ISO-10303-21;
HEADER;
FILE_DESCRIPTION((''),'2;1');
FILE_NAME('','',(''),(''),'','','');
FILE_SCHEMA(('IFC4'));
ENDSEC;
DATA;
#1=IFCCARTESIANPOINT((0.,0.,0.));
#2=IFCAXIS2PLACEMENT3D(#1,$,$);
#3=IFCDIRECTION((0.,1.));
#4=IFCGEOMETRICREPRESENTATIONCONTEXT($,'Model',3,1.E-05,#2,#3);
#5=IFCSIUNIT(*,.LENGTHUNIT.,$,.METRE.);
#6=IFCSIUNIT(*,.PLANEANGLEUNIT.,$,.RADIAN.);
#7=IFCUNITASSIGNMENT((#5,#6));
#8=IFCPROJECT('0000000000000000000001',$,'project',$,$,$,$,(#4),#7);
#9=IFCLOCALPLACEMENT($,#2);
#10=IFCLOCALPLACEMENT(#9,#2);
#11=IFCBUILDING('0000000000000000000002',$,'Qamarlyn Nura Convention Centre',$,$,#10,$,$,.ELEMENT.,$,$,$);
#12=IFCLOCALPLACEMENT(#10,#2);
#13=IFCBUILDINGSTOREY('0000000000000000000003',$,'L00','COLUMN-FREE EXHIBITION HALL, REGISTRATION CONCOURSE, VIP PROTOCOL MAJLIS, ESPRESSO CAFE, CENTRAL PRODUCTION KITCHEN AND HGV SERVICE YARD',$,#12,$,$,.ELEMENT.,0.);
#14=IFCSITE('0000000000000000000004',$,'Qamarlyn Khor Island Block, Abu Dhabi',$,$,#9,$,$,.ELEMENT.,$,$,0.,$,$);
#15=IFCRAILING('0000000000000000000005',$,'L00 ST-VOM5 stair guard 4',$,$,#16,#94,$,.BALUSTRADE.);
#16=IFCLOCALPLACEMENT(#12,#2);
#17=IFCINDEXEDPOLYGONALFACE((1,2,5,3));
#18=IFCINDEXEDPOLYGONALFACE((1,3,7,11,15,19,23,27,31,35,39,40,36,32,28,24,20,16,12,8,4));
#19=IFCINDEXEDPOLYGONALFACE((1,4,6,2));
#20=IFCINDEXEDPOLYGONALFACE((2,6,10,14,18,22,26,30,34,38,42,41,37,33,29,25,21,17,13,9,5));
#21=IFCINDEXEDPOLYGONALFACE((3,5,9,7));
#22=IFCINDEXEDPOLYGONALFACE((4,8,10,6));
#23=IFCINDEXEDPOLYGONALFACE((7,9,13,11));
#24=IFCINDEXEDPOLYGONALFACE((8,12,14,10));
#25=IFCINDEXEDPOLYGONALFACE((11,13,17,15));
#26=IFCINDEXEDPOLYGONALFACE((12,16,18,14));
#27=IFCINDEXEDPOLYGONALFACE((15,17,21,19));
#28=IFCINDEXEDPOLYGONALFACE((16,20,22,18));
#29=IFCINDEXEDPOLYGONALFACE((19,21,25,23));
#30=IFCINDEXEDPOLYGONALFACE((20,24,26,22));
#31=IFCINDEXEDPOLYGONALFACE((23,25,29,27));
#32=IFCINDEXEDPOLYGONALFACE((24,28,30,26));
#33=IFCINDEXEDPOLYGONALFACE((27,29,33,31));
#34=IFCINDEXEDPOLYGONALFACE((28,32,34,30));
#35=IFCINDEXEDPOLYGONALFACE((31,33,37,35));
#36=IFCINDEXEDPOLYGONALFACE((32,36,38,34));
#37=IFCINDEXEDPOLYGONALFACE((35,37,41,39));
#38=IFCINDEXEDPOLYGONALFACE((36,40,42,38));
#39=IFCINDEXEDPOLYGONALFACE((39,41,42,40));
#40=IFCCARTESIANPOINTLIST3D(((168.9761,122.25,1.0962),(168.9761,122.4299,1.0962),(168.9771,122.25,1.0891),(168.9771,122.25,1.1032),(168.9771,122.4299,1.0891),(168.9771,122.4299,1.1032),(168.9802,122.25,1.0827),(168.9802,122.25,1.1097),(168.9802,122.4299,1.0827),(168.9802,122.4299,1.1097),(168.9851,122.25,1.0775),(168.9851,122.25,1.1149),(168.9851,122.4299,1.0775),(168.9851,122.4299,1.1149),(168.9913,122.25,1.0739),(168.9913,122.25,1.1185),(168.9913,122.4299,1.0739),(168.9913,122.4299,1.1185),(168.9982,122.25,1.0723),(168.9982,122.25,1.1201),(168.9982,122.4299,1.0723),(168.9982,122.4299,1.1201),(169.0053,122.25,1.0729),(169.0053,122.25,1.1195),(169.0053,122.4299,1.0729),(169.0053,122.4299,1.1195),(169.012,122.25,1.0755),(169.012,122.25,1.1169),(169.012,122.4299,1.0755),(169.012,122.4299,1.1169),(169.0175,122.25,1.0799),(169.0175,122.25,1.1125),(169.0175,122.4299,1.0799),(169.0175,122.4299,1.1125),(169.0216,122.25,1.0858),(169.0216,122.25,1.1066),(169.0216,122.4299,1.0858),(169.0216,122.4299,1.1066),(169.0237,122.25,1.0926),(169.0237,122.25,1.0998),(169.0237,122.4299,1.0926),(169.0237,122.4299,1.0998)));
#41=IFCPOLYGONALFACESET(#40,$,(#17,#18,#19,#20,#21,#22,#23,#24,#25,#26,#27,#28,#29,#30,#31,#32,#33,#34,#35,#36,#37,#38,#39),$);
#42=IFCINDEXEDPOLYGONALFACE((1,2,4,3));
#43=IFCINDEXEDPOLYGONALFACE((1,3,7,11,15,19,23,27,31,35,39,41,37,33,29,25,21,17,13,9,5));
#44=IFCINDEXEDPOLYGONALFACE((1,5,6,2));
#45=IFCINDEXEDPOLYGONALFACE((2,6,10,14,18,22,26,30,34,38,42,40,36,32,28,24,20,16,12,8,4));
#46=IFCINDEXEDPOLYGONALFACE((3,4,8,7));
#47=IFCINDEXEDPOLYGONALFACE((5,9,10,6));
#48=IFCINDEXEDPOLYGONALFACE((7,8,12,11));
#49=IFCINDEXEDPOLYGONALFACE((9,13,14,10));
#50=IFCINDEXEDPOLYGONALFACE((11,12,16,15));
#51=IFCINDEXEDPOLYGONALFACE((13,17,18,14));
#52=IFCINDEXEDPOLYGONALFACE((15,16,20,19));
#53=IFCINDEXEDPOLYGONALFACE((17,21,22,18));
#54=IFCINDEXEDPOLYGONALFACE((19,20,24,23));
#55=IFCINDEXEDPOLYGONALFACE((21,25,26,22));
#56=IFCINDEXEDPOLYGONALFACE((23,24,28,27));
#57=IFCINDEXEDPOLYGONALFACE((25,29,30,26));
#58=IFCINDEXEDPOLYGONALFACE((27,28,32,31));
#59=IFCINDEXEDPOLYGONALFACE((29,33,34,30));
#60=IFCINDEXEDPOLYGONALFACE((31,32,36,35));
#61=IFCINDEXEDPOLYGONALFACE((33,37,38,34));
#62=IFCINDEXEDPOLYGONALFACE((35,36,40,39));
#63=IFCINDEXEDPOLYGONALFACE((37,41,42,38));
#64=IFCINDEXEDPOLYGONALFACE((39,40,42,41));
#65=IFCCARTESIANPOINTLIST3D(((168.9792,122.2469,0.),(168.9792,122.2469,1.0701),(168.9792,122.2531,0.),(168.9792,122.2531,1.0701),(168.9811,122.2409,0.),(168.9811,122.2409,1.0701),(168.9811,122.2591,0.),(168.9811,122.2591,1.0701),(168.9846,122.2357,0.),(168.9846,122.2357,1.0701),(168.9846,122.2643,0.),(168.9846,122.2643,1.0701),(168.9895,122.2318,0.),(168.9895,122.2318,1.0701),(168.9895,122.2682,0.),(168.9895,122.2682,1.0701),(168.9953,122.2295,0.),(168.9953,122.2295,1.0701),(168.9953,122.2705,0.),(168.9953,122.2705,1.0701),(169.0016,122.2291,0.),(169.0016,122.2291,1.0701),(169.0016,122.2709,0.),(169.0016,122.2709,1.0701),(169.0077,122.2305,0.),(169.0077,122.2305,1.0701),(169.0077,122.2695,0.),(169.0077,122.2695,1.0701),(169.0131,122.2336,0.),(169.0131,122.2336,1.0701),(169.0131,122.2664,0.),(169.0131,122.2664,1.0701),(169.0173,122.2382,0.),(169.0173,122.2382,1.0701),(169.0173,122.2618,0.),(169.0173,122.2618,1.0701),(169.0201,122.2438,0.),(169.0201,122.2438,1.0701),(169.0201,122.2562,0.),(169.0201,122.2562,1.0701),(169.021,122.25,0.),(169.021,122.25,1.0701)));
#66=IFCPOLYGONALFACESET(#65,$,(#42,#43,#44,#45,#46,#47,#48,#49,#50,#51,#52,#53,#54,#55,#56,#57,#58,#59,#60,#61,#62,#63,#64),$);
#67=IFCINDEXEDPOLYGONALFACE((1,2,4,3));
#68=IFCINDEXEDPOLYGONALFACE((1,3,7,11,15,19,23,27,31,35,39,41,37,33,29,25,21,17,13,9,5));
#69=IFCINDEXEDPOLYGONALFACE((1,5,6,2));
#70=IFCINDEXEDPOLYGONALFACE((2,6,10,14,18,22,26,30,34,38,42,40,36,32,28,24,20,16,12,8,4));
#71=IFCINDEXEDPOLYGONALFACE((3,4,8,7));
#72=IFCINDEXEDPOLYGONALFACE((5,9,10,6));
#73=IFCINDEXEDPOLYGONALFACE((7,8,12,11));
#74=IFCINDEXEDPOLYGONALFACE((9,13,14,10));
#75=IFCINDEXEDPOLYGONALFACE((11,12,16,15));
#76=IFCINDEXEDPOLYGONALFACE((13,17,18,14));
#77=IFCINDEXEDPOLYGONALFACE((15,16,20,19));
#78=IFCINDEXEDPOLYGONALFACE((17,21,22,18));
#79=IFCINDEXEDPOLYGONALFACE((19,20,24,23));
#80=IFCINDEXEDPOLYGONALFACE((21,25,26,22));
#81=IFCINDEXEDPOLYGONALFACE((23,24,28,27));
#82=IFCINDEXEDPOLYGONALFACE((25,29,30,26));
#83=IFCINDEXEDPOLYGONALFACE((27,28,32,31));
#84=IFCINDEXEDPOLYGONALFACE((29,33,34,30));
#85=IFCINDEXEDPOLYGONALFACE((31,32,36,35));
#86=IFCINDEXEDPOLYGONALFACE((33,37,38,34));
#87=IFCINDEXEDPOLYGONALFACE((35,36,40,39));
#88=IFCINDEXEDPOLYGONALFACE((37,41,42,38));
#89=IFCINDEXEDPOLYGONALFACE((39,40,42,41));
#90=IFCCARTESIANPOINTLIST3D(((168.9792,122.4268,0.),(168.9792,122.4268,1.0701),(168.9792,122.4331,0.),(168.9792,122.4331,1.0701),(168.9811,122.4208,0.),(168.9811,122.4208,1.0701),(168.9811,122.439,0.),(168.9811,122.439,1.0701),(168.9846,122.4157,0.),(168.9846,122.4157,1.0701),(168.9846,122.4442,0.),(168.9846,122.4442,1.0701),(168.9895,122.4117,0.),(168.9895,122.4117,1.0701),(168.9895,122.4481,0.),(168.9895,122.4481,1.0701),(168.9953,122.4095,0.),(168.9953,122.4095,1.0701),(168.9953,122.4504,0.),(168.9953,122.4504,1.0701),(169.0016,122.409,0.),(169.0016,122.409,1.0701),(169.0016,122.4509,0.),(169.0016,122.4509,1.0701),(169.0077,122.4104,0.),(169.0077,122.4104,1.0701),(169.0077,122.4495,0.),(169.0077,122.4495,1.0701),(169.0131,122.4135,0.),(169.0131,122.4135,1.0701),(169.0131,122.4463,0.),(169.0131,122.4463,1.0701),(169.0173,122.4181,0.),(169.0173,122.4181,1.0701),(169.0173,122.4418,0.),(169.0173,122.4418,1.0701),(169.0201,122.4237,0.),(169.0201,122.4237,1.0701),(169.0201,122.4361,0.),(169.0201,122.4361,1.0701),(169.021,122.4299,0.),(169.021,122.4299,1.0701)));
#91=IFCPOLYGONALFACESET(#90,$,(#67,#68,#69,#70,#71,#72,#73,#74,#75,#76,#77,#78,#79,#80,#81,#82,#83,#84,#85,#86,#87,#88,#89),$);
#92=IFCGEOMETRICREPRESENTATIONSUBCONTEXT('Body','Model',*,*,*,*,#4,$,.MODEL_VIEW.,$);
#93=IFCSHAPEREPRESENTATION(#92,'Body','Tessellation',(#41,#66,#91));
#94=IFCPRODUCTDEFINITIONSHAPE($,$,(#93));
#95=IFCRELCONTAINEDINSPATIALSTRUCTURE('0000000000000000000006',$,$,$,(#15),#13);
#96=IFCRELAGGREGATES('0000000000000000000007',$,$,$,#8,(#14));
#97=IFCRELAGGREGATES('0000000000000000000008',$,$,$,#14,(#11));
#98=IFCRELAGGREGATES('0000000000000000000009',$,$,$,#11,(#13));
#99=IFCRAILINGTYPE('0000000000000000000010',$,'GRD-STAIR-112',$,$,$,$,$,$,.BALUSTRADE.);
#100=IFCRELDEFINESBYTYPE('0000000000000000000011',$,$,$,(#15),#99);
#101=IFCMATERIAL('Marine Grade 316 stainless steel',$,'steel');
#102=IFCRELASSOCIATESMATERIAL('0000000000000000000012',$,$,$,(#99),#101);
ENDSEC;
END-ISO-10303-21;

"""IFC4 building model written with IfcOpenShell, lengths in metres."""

from ifc_helpers import new_model, si_unit, direction, frame, origin, origin_2d, place, context, subcontext, project, spatial, circle, extrude, material, type_object, element, save


model = new_model("IFC4")

# Units and contexts
model_context = context("Model", 3, precision=1e-05, world=origin(), true_north=direction((0.0, 1.0)))
body_context = subcontext(model_context, "Body", "Model", "MODEL_VIEW")
ifc_project = project(units=[si_unit("LENGTHUNIT", "METRE"), si_unit("PLANEANGLEUNIT", "RADIAN")], contexts=[model_context])

# Site, building, storey
site_placement = place(None, origin())
site = spatial("IfcSite", under=ifc_project, at=site_placement, Name="Qamarlyn Khor Island Block, Abu Dhabi", CompositionType="ELEMENT", RefElevation=0.0)
building_placement = place(site_placement, origin())
building = spatial("IfcBuilding", under=site, at=building_placement, Name="Qamarlyn Nura Convention Centre", CompositionType="ELEMENT")
storey_placement = place(building_placement, origin())
storey = spatial("IfcBuildingStorey", under=building, at=storey_placement, Name="L00", Description="COLUMN-FREE EXHIBITION HALL, REGISTRATION CONCOURSE, VIP PROTOCOL MAJLIS, ESPRESSO CAFE, CENTRAL PRODUCTION KITCHEN AND HGV SERVICE YARD", CompositionType="ELEMENT", Elevation=0.0)

# Railing
ifc_material_1 = material(Name="Marine Grade 316 stainless steel", Category="steel")
railing_type_1 = type_object("IfcRailingType", Name="GRD-STAIR-112", PredefinedType="BALUSTRADE", material=ifc_material_1)
railing_1_placement = place(storey_placement, frame((169.0, 122.25, 0.0)))
element("IfcRailing", 1, at=railing_1_placement, inside=storey, type_object=railing_type_1, Name="L00 ST-VOM5 stair guard 4", PredefinedType="BALUSTRADE", context=body_context, shape_type="SweptSolid", body=[
    extrude(circle(Radius=0.0239, at=origin_2d()), frame((0.0, 0.0, 1.0962), z_axis=(0.0, 1.0, 0.0), x_axis=(-1.0, 0.0, 0.0)), (0.0, 0.0, 1.0), 0.1799),
    extrude(circle(Radius=0.021, at=origin_2d()), origin(), (0.0, 0.0, 1.0), 1.0701),
    extrude(circle(Radius=0.021, at=origin_2d()), frame((0.0, 0.1799, 0.0)), (0.0, 0.0, 1.0), 1.0701),
])

save(model, "model.ifc")
